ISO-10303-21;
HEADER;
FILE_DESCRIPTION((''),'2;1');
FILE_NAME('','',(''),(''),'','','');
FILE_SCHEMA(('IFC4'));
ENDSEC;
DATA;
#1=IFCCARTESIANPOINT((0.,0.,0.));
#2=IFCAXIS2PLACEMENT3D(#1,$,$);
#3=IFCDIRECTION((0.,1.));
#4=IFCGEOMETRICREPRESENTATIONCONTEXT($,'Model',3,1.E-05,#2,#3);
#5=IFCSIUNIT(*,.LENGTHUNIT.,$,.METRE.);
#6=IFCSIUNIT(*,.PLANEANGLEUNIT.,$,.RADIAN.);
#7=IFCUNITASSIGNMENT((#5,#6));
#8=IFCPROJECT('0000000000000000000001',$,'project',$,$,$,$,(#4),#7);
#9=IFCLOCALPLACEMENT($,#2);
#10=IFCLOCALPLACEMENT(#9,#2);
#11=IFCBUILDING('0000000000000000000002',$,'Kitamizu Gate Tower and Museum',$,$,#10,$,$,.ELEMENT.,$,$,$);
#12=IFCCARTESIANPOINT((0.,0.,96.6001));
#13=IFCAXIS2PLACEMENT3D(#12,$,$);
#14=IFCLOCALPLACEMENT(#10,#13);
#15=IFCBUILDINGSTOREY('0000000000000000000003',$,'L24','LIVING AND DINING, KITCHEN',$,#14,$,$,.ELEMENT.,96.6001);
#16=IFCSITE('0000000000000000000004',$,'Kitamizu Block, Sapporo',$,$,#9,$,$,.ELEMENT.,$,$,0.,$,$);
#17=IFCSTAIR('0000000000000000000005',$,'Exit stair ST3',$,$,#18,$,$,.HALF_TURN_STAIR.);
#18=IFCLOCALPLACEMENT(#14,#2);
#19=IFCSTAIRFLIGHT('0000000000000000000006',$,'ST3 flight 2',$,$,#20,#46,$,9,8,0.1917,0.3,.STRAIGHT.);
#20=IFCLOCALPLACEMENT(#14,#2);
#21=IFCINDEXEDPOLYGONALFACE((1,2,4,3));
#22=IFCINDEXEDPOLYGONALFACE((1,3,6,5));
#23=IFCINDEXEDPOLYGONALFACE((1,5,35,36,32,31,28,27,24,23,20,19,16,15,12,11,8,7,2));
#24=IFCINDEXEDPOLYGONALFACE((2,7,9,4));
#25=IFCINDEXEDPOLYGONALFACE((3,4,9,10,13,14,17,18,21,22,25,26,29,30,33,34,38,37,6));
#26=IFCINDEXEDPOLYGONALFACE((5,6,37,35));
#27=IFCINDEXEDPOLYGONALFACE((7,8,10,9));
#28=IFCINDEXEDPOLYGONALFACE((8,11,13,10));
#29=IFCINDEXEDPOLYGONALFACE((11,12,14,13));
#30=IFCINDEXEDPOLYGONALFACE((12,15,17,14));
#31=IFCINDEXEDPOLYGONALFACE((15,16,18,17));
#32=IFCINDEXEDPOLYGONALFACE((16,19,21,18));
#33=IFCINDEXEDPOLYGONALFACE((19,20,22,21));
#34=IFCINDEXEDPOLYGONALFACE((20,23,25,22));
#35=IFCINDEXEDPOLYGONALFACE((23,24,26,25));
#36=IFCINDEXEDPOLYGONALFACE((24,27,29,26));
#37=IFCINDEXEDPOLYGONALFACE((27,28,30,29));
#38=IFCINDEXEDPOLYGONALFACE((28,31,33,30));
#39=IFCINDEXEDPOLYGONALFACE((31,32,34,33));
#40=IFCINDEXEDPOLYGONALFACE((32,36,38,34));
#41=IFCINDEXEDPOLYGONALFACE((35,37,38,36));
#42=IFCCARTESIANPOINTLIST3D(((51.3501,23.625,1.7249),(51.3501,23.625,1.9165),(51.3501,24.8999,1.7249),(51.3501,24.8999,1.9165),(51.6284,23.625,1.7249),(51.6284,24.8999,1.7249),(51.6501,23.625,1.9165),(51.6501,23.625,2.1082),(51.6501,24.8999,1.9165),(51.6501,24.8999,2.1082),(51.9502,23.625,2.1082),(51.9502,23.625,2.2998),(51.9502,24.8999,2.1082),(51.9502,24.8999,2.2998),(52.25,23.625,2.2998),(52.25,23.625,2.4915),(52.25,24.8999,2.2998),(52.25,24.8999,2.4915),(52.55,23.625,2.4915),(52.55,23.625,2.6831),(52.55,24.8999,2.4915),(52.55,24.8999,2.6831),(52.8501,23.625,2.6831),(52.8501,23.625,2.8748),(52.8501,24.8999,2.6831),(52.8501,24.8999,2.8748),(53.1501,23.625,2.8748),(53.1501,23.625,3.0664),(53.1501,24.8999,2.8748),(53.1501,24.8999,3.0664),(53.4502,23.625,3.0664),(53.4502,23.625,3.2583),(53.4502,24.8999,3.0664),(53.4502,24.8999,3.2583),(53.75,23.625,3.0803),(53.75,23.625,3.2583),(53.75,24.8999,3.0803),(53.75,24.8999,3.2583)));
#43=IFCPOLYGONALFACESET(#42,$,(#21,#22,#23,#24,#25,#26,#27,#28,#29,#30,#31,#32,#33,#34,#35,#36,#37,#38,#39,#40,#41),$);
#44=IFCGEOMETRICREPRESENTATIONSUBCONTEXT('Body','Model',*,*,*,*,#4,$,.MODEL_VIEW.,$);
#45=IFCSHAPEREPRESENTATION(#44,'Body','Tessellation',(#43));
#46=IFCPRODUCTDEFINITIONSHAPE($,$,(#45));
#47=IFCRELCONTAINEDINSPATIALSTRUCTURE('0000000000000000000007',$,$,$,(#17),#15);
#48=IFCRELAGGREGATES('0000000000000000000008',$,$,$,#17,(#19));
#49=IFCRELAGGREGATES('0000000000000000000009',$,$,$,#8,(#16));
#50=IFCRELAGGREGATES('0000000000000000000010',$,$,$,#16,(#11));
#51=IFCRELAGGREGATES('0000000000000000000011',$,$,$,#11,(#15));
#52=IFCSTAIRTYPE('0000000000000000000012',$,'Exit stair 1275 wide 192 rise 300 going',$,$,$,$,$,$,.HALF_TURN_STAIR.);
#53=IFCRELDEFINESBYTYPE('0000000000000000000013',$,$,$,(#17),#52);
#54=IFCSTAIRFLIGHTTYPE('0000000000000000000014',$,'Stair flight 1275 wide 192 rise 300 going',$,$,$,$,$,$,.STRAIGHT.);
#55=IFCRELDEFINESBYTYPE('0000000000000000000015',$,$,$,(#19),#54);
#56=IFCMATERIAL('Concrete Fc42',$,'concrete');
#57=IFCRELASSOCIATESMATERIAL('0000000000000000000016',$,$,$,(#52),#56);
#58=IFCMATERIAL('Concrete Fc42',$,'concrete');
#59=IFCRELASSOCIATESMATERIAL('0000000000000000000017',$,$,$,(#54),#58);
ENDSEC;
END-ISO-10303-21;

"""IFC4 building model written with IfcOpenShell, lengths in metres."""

from ifc_helpers import new_model, si_unit, direction, frame, origin, place, context, subcontext, project, spatial, polyline, outline, extrude, material, type_object, element, aggregate, save


model = new_model("IFC4")

# Units and contexts
model_context = context("Model", 3, precision=1e-05, world=origin(), true_north=direction((0.0, 1.0)))
body_context = subcontext(model_context, "Body", "Model", "MODEL_VIEW")
ifc_project = project(units=[si_unit("LENGTHUNIT", "METRE"), si_unit("PLANEANGLEUNIT", "RADIAN")], contexts=[model_context])

# Site, building, storey
site_placement = place(None, origin())
site = spatial("IfcSite", under=ifc_project, at=site_placement, Name="Kitamizu Block, Sapporo", CompositionType="ELEMENT", RefElevation=0.0)
building_placement = place(site_placement, origin())
building = spatial("IfcBuilding", under=site, at=building_placement, Name="Kitamizu Gate Tower and Museum", CompositionType="ELEMENT")
storey_placement = place(building_placement, frame((0.0, 0.0, 96.6001)))
storey = spatial("IfcBuildingStorey", under=building, at=storey_placement, Name="L24", Description="LIVING AND DINING, KITCHEN", CompositionType="ELEMENT", Elevation=96.6001)

# Stair, stair flight
ifc_material_1 = material(Name="Concrete Fc42", Category="concrete")
stair_type = type_object("IfcStairType", Name="Exit stair 1275 wide 192 rise 300 going", PredefinedType="HALF_TURN_STAIR", material=ifc_material_1)
stair_placement = place(storey_placement, origin())
stair = element("IfcStair", 1, at=stair_placement, inside=storey, type_object=stair_type, Name="Exit stair ST3", PredefinedType="HALF_TURN_STAIR")
ifc_material_2 = material(Name="Concrete Fc42", Category="concrete")
stair_flight_type = type_object("IfcStairFlightType", Name="Stair flight 1275 wide 192 rise 300 going", PredefinedType="STRAIGHT", material=ifc_material_2)
stair_flight_1_placement = place(storey_placement, frame((51.3501, 24.2625, 1.7249), z_axis=(0.0, 0.0, 1.0), x_axis=(1.0, 0.0, 0.0)))
stair_flight_1 = element("IfcStairFlight", 2, at=stair_flight_1_placement, type_object=stair_flight_type, Name="ST3 flight 2", NumberOfRisers=9, NumberOfTreads=8, PredefinedType="STRAIGHT", RiserHeight=0.1917, TreadLength=0.3, context=body_context, shape_type="SweptSolid", body=[
    extrude(outline(polyline([(0.0, 0.0), (0.0, 0.1917), (0.3, 0.1917), (0.3, 0.3833), (0.6001, 0.3833), (0.6001, 0.575), (0.8999, 0.575), (0.8999, 0.7666), (1.2, 0.7666), (1.2, 0.9583), (1.5, 0.9583), (1.5, 1.1499), (1.8, 1.1499), (1.8, 1.3416), (2.1001, 1.3416), (2.1001, 1.5334), (2.3999, 1.5334), (2.3999, 1.7251), (2.3999, 1.3555), (0.2783, 0.0), (0.0, 0.0)])), frame((0.0, 0.6375, 0.0), z_axis=(0.0, -1.0, 0.0), x_axis=(1.0, 0.0, 0.0)), (0.0, 0.0, 1.0), 1.2749),
])
aggregate(stair, [stair_flight_1])

save(model, "model.ifc")
